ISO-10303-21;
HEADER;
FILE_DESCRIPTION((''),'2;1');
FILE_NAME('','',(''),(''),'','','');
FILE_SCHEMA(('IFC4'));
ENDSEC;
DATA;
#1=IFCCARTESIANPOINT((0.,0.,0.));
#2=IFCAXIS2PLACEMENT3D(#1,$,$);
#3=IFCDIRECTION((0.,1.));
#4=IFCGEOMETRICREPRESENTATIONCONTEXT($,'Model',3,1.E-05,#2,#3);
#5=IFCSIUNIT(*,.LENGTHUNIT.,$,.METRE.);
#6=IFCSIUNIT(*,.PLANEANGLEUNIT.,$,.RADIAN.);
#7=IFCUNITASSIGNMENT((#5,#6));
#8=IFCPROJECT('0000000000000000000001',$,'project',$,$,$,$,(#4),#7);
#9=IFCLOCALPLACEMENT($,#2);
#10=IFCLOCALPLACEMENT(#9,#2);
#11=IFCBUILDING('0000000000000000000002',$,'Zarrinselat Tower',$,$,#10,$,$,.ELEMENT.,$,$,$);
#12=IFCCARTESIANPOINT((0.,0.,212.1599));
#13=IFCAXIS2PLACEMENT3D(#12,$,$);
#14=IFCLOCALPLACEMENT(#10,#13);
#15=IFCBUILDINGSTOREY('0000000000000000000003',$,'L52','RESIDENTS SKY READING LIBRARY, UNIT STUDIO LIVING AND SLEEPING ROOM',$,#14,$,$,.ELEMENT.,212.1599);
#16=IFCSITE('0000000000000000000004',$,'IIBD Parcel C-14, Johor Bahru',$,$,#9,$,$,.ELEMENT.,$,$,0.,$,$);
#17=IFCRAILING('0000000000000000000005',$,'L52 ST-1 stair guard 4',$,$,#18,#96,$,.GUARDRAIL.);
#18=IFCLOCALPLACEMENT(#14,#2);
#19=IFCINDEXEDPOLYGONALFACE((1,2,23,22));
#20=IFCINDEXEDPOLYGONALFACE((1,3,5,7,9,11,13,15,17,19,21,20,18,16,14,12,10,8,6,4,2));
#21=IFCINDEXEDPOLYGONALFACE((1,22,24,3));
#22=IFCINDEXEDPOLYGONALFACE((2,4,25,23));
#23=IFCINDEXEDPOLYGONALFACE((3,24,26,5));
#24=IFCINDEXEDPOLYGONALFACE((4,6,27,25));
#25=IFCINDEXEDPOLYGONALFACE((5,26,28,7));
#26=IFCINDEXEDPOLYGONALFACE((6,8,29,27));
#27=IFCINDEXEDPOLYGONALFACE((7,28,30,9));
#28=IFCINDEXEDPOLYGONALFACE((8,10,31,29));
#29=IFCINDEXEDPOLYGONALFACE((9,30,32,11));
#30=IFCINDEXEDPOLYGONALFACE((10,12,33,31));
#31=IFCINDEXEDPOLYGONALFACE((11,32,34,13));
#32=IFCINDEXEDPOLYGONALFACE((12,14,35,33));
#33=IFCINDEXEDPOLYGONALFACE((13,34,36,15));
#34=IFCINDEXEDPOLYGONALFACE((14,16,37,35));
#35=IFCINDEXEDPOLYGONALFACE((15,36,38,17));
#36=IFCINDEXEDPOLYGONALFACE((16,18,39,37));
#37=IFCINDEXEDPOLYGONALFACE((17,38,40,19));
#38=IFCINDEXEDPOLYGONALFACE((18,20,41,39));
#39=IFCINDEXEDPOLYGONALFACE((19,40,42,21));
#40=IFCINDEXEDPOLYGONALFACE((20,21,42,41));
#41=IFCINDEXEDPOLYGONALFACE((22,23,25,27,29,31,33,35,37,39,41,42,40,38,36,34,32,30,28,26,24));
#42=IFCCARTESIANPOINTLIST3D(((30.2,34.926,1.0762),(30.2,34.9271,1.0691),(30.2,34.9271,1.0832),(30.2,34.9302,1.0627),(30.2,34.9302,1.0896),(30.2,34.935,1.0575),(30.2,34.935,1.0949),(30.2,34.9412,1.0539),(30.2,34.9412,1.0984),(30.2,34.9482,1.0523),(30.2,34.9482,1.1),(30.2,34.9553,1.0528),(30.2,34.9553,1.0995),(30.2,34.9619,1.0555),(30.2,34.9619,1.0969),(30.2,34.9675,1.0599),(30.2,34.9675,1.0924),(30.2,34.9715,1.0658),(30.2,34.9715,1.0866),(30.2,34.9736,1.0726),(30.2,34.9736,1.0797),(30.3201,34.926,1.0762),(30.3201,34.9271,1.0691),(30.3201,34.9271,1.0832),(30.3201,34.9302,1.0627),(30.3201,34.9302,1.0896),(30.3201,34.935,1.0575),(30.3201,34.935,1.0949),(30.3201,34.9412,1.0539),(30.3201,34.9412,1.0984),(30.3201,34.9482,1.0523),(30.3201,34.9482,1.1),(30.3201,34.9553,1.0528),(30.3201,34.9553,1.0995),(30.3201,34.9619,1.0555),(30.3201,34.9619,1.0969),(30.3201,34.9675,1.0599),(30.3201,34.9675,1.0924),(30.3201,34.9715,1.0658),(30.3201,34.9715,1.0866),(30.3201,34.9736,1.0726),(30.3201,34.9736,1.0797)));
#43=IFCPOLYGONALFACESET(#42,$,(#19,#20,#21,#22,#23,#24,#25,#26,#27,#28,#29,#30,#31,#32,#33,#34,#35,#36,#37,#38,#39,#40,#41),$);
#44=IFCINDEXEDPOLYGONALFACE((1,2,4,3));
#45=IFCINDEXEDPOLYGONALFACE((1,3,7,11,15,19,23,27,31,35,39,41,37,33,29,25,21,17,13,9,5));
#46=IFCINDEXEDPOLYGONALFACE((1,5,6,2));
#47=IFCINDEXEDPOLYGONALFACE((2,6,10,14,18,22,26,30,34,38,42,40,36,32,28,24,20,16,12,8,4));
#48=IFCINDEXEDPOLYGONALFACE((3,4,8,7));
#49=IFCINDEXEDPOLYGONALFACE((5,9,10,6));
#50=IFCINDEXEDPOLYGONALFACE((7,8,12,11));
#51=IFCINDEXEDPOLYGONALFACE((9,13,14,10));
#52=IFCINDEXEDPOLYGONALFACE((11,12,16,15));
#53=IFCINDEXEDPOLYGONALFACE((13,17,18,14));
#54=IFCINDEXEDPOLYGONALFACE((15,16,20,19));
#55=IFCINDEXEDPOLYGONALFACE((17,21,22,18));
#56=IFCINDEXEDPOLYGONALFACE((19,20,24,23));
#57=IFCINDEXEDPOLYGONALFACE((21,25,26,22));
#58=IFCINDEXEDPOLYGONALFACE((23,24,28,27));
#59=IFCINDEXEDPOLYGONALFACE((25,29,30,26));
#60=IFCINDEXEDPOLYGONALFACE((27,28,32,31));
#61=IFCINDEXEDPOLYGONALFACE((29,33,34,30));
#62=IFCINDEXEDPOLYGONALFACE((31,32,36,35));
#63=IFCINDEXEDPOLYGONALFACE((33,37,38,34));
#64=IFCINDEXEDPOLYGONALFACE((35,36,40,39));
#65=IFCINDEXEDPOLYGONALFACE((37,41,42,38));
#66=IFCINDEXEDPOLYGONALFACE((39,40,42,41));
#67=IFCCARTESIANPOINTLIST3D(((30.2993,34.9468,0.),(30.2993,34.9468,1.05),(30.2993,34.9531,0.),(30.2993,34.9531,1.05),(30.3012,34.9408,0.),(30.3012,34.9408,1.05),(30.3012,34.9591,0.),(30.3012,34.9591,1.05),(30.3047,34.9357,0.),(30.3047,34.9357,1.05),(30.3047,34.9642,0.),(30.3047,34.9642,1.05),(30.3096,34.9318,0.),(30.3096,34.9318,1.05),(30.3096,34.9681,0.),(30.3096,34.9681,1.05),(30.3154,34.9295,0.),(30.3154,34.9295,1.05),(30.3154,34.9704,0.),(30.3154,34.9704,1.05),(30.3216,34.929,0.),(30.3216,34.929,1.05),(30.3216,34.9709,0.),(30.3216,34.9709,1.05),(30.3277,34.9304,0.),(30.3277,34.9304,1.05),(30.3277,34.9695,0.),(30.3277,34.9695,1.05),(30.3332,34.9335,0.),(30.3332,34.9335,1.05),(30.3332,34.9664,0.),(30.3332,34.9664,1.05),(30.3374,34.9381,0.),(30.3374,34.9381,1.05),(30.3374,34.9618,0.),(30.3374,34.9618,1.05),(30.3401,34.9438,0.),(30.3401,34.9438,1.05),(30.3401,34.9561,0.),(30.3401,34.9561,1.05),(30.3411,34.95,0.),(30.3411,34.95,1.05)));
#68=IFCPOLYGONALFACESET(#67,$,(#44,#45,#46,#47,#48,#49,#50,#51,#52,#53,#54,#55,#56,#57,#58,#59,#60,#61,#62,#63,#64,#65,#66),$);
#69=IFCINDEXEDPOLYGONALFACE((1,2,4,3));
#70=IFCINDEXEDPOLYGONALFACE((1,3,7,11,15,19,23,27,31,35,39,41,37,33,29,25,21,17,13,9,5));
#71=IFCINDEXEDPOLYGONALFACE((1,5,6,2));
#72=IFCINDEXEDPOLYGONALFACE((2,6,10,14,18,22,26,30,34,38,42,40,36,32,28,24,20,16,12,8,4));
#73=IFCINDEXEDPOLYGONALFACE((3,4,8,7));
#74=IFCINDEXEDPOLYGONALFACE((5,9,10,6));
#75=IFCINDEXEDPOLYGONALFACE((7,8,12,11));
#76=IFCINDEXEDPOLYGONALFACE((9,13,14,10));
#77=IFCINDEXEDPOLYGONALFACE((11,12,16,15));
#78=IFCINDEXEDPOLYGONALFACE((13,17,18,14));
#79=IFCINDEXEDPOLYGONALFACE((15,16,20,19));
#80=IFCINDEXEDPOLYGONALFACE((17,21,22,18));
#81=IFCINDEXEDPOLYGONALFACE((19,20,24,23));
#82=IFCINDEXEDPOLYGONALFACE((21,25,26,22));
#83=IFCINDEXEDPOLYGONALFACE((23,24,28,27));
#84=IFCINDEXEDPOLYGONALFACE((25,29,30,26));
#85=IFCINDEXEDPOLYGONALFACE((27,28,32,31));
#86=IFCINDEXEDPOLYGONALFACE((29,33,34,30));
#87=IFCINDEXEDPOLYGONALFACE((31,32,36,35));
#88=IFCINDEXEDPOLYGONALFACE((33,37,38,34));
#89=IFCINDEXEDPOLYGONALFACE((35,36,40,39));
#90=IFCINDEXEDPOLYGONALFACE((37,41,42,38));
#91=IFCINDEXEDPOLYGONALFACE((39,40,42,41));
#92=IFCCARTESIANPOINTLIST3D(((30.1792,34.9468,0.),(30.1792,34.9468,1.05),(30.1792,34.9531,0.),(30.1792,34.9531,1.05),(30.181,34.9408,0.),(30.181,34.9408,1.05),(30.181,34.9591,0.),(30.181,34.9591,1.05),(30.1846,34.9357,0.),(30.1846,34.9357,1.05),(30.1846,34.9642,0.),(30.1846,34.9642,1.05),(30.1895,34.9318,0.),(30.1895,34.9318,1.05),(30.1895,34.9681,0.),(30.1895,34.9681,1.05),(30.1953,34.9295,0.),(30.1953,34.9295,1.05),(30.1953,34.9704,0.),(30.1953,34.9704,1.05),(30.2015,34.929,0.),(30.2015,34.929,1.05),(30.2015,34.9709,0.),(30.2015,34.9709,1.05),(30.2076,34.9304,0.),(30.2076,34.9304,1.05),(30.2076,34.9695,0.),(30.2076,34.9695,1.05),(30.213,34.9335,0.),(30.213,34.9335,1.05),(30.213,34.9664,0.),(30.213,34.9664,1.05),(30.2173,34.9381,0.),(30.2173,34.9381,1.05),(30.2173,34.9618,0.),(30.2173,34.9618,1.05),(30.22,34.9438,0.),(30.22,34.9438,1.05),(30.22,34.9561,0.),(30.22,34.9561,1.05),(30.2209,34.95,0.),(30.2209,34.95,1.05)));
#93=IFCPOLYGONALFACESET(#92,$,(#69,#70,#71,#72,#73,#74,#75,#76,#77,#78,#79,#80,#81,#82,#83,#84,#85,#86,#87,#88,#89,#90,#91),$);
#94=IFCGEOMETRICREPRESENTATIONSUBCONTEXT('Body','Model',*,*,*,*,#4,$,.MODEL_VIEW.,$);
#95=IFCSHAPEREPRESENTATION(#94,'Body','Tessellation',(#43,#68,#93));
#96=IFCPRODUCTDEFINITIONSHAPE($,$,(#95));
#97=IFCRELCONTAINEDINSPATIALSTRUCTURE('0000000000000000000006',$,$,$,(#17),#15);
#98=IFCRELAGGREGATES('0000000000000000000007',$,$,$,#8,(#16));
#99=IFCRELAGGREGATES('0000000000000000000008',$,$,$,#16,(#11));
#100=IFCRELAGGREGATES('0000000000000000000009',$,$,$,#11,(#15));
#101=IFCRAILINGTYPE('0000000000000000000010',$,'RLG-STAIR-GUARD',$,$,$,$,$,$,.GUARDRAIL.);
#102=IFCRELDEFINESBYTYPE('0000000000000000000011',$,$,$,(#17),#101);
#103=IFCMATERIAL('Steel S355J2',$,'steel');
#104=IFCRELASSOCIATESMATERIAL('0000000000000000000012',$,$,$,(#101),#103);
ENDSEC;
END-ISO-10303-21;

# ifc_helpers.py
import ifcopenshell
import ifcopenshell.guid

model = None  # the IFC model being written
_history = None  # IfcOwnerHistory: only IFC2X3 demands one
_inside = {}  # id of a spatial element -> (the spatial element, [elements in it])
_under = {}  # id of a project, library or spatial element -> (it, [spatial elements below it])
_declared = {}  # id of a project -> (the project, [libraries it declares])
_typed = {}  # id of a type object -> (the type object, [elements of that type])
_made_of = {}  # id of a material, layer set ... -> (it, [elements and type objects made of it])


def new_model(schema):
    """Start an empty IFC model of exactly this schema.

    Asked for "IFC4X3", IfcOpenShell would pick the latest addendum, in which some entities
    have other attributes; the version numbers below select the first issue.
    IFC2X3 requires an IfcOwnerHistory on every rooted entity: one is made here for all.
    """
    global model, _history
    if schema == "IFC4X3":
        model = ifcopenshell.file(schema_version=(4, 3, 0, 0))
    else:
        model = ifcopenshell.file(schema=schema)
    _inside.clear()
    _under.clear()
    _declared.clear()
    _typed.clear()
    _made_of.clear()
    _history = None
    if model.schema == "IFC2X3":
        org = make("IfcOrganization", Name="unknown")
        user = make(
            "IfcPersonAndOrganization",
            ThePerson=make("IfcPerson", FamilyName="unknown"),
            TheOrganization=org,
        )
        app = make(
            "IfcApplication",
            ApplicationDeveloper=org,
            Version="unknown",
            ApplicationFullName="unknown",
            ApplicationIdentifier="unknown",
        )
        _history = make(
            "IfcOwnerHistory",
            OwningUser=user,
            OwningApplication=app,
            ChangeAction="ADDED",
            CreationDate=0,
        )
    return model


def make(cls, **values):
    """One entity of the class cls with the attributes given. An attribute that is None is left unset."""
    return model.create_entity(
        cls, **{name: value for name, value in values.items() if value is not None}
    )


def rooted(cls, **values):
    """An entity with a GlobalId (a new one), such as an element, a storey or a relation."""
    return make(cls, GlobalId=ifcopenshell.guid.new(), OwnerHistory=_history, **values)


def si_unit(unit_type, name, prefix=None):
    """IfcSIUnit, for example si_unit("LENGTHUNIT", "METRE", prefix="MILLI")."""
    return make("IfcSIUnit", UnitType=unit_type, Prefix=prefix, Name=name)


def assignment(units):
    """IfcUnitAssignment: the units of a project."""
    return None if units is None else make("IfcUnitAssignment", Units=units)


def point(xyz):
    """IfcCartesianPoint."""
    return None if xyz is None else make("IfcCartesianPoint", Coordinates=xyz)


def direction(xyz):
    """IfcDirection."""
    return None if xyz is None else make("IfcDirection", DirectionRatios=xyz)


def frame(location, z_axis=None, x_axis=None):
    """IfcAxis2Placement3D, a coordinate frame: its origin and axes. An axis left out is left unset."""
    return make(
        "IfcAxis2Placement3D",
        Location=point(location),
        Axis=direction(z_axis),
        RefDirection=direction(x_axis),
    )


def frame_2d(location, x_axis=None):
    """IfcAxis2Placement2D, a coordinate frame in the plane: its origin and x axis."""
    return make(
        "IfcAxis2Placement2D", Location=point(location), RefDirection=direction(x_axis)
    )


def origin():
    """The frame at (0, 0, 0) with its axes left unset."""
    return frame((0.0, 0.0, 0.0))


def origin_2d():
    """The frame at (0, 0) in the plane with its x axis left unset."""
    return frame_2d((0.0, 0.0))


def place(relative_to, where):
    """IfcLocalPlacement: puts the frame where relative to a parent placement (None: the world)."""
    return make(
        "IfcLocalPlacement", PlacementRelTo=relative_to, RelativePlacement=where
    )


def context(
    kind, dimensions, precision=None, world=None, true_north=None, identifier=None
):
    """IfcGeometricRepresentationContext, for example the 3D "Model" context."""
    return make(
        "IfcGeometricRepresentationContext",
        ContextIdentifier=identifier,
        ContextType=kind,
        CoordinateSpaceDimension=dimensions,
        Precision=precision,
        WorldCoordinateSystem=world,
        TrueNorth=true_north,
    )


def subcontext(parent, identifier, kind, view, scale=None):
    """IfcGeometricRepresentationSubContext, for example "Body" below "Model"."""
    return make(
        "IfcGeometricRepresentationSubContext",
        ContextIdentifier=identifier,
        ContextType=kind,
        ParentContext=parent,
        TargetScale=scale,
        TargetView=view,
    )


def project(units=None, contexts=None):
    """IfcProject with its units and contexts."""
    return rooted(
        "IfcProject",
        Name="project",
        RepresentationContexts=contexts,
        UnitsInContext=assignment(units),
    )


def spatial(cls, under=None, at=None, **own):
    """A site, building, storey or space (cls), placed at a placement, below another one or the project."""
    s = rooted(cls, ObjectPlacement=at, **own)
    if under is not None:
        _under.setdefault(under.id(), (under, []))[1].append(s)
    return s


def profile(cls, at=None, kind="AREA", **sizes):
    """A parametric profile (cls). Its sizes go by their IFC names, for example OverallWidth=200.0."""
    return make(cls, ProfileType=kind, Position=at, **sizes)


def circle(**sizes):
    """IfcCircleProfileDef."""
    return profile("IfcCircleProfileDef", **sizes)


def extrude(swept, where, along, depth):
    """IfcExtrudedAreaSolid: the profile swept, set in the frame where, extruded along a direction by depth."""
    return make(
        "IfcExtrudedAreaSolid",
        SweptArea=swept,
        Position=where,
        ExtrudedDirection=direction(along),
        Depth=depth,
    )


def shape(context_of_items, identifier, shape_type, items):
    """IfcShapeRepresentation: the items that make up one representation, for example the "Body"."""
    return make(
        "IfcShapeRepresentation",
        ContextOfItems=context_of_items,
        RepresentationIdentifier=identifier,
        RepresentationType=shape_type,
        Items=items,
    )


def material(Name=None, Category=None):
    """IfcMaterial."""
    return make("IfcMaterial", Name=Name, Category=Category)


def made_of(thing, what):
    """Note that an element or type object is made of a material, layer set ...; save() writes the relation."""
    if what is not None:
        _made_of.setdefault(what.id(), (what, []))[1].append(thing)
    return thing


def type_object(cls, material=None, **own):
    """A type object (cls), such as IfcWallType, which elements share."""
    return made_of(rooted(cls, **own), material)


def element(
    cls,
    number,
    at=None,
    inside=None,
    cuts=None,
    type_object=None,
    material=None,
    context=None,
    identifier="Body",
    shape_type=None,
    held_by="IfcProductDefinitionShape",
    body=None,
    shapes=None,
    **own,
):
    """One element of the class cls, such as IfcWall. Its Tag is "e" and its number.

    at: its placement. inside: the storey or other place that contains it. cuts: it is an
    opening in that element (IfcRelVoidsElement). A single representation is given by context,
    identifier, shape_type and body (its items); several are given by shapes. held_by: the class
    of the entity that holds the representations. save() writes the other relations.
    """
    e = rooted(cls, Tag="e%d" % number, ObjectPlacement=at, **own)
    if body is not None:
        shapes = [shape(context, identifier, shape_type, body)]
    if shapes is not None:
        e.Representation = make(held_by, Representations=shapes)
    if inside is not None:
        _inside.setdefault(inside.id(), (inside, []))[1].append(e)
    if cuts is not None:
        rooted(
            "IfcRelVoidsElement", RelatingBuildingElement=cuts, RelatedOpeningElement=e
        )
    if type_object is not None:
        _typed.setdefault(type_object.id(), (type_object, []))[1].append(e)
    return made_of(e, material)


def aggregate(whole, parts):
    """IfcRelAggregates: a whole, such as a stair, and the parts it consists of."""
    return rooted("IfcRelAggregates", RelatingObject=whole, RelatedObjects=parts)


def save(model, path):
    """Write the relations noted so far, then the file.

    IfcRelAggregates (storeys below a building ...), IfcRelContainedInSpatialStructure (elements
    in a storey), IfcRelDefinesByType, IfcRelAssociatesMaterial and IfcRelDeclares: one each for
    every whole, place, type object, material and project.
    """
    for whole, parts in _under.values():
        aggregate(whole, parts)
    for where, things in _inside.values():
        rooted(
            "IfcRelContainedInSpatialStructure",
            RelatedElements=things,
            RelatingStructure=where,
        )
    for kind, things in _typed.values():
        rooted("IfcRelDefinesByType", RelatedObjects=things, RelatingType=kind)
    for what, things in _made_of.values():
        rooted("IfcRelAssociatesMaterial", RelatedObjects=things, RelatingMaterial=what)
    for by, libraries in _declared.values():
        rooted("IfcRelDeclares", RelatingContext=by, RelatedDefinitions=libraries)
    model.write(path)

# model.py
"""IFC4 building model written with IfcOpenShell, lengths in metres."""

from ifc_helpers import new_model, si_unit, direction, frame, origin, origin_2d, place, context, subcontext, project, spatial, circle, extrude, material, type_object, element, save


model = new_model("IFC4")

# Units and contexts
model_context = context("Model", 3, precision=1e-05, world=origin(), true_north=direction((0.0, 1.0)))
body_context = subcontext(model_context, "Body", "Model", "MODEL_VIEW")
ifc_project = project(units=[si_unit("LENGTHUNIT", "METRE"), si_unit("PLANEANGLEUNIT", "RADIAN")], contexts=[model_context])

# Site, building, storey
site_placement = place(None, origin())
site = spatial("IfcSite", under=ifc_project, at=site_placement, Name="IIBD Parcel C-14, Johor Bahru", CompositionType="ELEMENT", RefElevation=0.0)
building_placement = place(site_placement, origin())
building = spatial("IfcBuilding", under=site, at=building_placement, Name="Zarrinselat Tower", CompositionType="ELEMENT")
storey_placement = place(building_placement, frame((0.0, 0.0, 212.1599)))
storey = spatial("IfcBuildingStorey", under=building, at=storey_placement, Name="L52", Description="RESIDENTS SKY READING LIBRARY, UNIT STUDIO LIVING AND SLEEPING ROOM", CompositionType="ELEMENT", Elevation=212.1599)

# Railing
ifc_material_1 = material(Name="Steel S355J2", Category="steel")
railing_type_1 = type_object("IfcRailingType", Name="RLG-STAIR-GUARD", PredefinedType="GUARDRAIL", material=ifc_material_1)
railing_1_placement = place(storey_placement, frame((30.3201, 34.95, 0.0)))
element("IfcRailing", 1, at=railing_1_placement, inside=storey, type_object=railing_type_1, Name="L52 ST-1 stair guard 4", PredefinedType="GUARDRAIL", context=body_context, shape_type="SweptSolid", body=[
    extrude(circle(Radius=0.0239, at=origin_2d()), frame((0.0, 0.0, 1.0762), z_axis=(-1.0, 0.0, 0.0), x_axis=(0.0, -1.0, 0.0)), (0.0, 0.0, 1.0), 0.1201),
    extrude(circle(Radius=0.021, at=origin_2d()), origin(), (0.0, 0.0, 1.0), 1.05),
    extrude(circle(Radius=0.021, at=origin_2d()), frame((-0.1201, 0.0, 0.0)), (0.0, 0.0, 1.0), 1.05),
])

save(model, "model.ifc")
